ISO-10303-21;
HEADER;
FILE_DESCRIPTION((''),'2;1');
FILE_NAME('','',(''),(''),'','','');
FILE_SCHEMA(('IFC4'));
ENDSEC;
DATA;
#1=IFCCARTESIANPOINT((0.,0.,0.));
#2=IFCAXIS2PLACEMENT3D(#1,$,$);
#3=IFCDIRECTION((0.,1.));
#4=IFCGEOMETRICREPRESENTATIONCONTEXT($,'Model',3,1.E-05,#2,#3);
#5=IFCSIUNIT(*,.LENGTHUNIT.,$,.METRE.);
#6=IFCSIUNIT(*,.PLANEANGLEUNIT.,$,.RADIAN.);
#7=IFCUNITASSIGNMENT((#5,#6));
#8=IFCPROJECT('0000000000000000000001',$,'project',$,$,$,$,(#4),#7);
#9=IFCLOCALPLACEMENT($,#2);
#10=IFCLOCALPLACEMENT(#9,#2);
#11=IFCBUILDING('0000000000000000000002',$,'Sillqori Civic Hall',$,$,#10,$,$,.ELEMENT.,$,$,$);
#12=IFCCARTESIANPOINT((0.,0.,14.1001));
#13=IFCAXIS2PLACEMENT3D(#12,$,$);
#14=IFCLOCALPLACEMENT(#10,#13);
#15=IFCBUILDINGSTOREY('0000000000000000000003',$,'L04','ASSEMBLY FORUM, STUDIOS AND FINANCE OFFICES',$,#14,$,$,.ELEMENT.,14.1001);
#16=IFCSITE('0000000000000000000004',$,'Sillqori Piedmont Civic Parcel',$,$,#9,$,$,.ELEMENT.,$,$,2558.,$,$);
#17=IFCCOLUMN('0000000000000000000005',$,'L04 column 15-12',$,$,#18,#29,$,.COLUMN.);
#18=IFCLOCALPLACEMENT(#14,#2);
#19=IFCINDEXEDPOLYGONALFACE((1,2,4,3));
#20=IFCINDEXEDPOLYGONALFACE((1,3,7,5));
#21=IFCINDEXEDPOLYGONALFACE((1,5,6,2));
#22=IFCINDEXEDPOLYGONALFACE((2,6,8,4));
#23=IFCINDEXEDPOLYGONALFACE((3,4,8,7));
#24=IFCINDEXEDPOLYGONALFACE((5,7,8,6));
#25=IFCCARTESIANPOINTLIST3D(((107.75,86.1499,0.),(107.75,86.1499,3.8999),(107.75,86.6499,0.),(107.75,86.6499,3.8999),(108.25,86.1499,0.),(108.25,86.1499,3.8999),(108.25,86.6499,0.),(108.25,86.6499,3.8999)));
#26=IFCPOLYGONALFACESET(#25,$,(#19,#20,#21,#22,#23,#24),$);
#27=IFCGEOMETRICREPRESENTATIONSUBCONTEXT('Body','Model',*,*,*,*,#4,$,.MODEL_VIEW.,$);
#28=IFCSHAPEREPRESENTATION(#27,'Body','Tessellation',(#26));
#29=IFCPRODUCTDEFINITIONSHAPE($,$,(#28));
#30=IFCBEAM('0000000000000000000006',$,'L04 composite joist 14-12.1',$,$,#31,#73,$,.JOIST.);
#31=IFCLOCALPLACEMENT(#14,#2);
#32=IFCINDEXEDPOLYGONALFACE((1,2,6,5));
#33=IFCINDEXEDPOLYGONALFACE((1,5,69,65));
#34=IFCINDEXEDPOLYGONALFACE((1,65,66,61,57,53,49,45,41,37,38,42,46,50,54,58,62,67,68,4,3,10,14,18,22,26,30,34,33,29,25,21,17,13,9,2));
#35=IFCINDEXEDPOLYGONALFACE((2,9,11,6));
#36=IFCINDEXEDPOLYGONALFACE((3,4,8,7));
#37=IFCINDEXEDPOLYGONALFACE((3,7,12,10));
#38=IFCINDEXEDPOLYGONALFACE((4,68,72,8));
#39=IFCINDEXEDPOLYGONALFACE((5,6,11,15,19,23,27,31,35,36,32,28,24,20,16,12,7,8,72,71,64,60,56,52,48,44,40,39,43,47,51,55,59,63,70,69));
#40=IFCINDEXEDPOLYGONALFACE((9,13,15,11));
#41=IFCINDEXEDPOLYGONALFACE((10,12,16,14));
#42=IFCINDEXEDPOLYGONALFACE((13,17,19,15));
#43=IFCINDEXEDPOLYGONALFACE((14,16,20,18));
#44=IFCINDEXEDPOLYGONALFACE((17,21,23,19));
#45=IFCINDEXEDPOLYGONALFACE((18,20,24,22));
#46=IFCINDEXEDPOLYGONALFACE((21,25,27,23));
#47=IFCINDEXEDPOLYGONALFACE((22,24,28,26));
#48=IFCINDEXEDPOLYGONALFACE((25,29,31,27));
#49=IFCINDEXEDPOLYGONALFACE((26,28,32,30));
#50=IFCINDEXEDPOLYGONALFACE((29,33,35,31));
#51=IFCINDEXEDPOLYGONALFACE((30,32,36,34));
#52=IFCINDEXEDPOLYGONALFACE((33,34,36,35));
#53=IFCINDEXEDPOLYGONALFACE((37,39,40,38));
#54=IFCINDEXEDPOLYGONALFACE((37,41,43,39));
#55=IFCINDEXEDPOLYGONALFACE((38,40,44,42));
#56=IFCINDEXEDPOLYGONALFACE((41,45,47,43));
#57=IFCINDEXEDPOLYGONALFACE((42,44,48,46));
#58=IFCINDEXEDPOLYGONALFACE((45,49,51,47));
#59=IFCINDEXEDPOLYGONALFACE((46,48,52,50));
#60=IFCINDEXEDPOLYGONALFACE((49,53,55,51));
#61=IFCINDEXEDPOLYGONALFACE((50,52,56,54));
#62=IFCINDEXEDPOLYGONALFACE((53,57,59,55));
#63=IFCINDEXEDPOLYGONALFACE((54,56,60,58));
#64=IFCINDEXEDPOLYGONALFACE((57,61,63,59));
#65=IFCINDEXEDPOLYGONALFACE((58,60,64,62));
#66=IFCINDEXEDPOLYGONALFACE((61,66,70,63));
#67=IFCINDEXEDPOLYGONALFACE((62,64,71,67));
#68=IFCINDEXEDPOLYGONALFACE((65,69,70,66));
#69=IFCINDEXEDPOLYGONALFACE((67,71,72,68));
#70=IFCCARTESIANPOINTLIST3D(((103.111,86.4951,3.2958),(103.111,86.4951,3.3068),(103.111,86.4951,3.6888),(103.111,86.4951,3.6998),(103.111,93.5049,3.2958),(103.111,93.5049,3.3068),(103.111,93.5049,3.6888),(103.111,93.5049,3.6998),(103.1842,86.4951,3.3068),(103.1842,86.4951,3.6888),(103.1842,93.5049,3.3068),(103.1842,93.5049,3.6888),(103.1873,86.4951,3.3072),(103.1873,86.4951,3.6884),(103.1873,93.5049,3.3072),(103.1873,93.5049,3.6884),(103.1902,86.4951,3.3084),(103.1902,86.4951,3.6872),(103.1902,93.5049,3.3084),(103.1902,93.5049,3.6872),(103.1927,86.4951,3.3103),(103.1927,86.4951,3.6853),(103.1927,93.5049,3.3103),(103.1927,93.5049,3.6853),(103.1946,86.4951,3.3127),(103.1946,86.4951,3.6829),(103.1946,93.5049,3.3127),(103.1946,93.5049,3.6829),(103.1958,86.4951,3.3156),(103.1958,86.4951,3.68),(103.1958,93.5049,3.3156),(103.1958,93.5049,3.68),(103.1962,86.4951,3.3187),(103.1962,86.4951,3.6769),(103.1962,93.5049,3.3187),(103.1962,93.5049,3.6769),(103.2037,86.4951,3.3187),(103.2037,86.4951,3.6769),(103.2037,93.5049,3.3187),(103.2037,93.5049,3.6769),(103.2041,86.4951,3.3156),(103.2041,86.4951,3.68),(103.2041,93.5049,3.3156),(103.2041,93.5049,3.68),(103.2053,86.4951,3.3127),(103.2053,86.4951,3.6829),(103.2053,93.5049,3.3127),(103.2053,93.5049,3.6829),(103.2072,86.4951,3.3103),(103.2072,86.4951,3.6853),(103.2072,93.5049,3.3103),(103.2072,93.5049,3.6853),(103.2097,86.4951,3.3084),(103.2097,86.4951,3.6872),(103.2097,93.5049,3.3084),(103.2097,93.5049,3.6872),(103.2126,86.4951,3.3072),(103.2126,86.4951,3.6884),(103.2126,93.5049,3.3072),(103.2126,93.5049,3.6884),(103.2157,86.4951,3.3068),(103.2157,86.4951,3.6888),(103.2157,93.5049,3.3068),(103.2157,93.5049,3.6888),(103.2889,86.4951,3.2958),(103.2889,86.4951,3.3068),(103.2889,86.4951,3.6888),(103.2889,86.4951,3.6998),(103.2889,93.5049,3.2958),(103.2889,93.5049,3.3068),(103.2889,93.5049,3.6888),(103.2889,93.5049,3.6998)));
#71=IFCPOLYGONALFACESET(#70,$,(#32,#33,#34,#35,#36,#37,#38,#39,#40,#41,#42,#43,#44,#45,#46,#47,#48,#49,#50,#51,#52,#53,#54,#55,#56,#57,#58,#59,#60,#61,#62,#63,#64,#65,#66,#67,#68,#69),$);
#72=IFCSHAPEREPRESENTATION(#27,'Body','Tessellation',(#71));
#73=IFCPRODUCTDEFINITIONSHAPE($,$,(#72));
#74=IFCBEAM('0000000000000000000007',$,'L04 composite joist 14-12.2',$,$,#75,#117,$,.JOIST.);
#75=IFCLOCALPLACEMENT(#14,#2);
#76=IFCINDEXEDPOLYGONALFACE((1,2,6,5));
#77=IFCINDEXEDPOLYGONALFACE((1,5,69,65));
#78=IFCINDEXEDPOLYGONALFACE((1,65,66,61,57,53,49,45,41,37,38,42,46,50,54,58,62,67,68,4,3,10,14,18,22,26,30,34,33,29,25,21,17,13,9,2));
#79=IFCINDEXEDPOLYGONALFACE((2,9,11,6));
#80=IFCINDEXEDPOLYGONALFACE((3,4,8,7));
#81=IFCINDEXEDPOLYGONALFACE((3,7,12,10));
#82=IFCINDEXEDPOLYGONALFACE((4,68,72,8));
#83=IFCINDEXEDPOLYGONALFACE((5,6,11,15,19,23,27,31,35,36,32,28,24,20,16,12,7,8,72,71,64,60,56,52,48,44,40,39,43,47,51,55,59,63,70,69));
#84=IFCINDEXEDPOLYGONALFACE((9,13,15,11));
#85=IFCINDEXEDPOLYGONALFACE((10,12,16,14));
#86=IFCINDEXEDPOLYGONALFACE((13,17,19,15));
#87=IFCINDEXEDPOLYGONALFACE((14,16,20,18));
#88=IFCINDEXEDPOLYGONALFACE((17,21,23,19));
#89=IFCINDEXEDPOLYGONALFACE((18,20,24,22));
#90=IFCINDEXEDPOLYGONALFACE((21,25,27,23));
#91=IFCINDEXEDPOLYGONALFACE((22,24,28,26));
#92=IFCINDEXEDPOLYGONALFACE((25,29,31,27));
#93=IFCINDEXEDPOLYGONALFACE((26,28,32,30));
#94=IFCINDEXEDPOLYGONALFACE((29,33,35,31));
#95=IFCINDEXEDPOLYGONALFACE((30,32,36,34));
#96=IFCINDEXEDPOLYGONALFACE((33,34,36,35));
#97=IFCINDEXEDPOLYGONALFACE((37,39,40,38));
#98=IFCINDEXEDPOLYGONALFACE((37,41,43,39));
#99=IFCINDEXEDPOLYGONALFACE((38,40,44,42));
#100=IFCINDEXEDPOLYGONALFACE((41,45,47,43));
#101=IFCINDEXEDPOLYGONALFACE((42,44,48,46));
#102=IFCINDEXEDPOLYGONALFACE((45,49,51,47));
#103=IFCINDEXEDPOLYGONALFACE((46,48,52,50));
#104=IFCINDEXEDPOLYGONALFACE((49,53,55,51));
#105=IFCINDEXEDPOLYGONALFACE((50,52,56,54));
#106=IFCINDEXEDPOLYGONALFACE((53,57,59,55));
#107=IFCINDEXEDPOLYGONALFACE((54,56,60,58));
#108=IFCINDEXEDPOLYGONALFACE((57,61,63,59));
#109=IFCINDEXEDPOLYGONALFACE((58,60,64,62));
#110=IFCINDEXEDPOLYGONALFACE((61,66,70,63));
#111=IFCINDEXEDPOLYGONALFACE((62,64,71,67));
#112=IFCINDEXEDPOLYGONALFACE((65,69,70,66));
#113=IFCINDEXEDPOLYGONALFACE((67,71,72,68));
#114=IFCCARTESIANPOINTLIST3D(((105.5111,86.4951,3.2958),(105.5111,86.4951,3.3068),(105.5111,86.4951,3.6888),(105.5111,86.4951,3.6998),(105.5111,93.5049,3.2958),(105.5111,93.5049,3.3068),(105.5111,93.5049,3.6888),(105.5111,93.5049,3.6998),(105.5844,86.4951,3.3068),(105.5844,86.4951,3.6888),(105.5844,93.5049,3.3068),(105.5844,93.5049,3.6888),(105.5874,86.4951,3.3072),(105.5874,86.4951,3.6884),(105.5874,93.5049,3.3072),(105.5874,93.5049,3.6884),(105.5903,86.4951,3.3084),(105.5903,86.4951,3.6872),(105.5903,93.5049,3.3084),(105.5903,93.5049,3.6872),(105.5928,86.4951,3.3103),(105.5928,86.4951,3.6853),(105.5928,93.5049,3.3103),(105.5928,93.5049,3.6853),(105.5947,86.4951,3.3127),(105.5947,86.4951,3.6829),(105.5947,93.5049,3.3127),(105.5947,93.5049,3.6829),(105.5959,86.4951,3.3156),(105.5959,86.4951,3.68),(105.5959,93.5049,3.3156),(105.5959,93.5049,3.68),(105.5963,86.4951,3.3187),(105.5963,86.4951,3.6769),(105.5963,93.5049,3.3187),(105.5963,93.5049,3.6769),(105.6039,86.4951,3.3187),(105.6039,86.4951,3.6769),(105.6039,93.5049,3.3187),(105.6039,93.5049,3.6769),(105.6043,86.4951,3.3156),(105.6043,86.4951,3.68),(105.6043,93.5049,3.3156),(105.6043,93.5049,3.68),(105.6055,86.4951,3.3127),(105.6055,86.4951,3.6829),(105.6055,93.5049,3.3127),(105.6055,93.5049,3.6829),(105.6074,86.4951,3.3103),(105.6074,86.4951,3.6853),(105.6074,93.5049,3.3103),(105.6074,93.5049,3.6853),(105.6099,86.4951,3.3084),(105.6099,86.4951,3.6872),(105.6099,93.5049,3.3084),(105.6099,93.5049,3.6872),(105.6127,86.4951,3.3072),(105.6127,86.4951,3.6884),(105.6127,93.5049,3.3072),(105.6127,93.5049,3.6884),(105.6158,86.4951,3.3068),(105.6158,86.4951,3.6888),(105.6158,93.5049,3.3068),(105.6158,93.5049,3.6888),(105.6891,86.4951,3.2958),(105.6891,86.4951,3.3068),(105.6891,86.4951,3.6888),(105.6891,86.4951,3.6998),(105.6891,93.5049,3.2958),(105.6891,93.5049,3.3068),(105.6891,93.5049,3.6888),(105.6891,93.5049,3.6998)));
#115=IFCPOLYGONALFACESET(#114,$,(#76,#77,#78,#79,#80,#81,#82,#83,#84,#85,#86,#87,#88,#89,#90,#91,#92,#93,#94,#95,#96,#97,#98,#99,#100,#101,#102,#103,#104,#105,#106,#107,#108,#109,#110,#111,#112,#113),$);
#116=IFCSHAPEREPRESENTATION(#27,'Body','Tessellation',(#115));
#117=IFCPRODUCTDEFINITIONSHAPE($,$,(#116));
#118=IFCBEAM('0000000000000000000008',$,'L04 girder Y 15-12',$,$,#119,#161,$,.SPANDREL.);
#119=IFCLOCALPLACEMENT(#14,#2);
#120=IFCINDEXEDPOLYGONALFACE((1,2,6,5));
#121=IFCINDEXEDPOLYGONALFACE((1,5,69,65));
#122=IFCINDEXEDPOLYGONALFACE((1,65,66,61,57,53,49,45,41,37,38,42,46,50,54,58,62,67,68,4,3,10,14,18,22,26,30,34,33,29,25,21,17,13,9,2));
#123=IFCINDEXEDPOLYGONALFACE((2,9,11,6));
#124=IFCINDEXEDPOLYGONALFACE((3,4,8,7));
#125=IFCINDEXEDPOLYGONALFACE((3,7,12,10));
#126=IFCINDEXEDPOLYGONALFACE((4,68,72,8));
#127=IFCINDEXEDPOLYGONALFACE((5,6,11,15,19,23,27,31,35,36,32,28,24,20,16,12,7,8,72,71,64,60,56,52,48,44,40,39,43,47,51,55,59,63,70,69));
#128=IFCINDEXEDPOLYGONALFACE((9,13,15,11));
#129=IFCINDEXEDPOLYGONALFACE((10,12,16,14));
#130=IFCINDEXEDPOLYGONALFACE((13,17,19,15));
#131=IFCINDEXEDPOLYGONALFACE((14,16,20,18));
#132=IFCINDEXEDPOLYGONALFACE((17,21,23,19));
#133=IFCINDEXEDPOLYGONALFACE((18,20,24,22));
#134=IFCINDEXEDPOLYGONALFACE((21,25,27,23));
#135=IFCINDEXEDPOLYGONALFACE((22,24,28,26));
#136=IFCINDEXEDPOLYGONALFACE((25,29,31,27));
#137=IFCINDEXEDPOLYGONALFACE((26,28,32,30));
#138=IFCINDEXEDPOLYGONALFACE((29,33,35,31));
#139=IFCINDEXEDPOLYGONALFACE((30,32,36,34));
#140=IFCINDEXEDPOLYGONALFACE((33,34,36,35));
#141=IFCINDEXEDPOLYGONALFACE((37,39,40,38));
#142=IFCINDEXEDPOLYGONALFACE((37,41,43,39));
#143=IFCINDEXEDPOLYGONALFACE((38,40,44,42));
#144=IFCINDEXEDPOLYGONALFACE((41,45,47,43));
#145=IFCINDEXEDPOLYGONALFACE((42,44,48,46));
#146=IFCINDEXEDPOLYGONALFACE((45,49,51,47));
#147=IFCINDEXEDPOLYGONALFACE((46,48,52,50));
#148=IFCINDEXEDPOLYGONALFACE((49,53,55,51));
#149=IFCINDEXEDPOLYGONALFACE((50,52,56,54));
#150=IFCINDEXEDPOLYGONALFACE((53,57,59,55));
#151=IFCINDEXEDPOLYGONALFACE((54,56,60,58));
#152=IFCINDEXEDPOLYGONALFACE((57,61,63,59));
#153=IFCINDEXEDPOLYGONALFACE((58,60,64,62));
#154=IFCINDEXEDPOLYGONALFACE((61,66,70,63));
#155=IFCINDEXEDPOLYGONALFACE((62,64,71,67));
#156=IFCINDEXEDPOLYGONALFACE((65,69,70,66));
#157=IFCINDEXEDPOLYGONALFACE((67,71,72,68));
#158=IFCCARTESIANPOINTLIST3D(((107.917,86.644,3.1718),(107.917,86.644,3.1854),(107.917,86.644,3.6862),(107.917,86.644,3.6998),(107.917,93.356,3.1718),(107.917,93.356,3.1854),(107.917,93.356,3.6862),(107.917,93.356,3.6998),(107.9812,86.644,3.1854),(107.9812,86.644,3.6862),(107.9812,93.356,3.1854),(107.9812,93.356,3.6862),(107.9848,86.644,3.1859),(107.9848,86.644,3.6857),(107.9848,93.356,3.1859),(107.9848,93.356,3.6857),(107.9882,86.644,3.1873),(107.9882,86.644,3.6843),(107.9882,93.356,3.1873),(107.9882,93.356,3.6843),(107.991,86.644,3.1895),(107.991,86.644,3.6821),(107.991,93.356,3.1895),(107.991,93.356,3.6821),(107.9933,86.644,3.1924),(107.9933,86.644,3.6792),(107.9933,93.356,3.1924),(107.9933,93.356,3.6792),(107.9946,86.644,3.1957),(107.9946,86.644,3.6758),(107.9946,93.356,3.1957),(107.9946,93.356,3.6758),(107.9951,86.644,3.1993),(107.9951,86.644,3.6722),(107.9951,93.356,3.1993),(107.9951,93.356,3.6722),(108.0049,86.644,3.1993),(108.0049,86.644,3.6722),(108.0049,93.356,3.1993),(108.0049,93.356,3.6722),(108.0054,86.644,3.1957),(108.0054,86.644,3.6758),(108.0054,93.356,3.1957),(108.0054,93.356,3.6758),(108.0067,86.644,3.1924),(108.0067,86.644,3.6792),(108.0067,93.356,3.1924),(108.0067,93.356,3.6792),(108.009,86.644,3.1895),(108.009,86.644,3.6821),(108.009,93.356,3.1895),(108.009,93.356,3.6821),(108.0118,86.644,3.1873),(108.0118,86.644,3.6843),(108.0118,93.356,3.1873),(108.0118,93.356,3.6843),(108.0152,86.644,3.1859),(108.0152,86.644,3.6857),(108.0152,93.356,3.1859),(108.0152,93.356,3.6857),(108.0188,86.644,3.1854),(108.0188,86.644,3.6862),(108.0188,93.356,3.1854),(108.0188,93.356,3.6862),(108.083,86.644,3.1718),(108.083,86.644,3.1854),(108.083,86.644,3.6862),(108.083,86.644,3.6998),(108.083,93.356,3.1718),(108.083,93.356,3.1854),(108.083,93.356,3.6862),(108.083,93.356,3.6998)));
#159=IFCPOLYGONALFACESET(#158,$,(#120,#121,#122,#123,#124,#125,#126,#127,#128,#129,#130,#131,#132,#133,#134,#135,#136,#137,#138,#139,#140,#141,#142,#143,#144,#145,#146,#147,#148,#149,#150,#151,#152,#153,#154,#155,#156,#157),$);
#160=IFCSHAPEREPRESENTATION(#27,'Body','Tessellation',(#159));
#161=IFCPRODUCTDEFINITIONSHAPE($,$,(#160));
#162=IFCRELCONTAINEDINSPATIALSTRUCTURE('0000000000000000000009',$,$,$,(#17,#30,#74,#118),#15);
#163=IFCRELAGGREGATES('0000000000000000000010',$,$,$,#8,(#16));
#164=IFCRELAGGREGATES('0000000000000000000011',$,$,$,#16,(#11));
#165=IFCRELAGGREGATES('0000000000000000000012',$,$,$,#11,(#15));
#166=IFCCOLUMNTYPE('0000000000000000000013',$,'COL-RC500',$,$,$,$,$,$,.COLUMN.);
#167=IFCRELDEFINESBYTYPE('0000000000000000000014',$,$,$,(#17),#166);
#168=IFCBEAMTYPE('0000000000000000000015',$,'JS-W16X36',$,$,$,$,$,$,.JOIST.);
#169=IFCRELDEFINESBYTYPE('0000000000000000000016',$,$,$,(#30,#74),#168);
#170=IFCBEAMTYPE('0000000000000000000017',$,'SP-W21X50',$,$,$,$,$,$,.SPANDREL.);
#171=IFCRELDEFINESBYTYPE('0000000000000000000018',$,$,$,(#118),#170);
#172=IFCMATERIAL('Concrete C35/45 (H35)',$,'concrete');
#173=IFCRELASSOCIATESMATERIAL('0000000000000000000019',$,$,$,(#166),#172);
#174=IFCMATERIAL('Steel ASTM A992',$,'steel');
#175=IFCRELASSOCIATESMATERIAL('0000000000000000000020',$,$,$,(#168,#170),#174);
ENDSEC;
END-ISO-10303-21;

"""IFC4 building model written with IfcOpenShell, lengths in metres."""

from ifc_helpers import new_model, si_unit, direction, frame, origin, origin_2d, place, context, subcontext, project, spatial, rectangle, i_section, extrude, material, material_profile, profile_set, type_object, element, save


model = new_model("IFC4")

# Units and contexts
model_context = context("Model", 3, precision=1e-05, world=origin(), true_north=direction((0.0, 1.0)))
body_context = subcontext(model_context, "Body", "Model", "MODEL_VIEW")
ifc_project = project(units=[si_unit("LENGTHUNIT", "METRE"), si_unit("PLANEANGLEUNIT", "RADIAN")], contexts=[model_context])

# Site, building, storey
site_placement = place(None, origin())
site = spatial("IfcSite", under=ifc_project, at=site_placement, Name="Sillqori Piedmont Civic Parcel", CompositionType="ELEMENT", RefElevation=2558.0)
building_placement = place(site_placement, origin())
building = spatial("IfcBuilding", under=site, at=building_placement, Name="Sillqori Civic Hall", CompositionType="ELEMENT")
storey_placement = place(building_placement, frame((0.0, 0.0, 14.1001)))
storey = spatial("IfcBuildingStorey", under=building, at=storey_placement, Name="L04", Description="ASSEMBLY FORUM, STUDIOS AND FINANCE OFFICES", CompositionType="ELEMENT", Elevation=14.1001)

# Column
ifc_material_1 = material(Name="Concrete C35/45 (H35)", Category="concrete")
ifc_material_profile_1 = material_profile(ifc_material_1, rectangle(XDim=0.5, YDim=0.5, at=origin_2d()), Name="RC 500x500")
ifc_profile_set_1 = profile_set([ifc_material_profile_1], Name="Concrete C35/45 (H35)")
column_type = type_object("IfcColumnType", Name="COL-RC500", PredefinedType="COLUMN", material=ifc_profile_set_1)
column_placement = place(storey_placement, frame((108.0, 86.3999, 0.0), z_axis=(0.0, 0.0, 1.0), x_axis=(1.0, 0.0, 0.0)))
element("IfcColumn", 1, at=column_placement, inside=storey, type_object=column_type, Name="L04 column 15-12", PredefinedType="COLUMN", context=body_context, shape_type="SweptSolid", body=[
    extrude(rectangle(XDim=0.5, YDim=0.5, at=origin_2d()), origin(), (0.0, 0.0, 1.0), 3.8999),
])

# Beams
ifc_material_2 = material(Name="Steel ASTM A992", Category="steel")
ifc_material_profile_2 = material_profile(ifc_material_2, i_section(OverallWidth=0.178, OverallDepth=0.4041, WebThickness=0.0076, FlangeThickness=0.011, FilletRadius=0.012, at=origin_2d()), Name="W16X36")
ifc_profile_set_2 = profile_set([ifc_material_profile_2], Name="Steel ASTM A992")
beam_type_1 = type_object("IfcBeamType", Name="JS-W16X36", PredefinedType="JOIST", material=ifc_profile_set_2)
for number, where, z_axis, x_axis, name in (
    (2, (103.2, 86.4951, 3.4978), (0.0, 1.0, 0.0), (-1.0, 0.0, 0.0), "L04 composite joist 14-12.1"),
    (3, (105.6001, 86.4951, 3.4978), (0.0, 1.0, 0.0), (-1.0, 0.0, 0.0), "L04 composite joist 14-12.2"),
):
    element("IfcBeam", number, at=place(storey_placement, frame(where, z_axis=z_axis, x_axis=x_axis)), inside=storey, type_object=beam_type_1, Name=name, PredefinedType="JOIST", context=body_context, shape_type="SweptSolid", body=[
        extrude(i_section(OverallWidth=0.178, OverallDepth=0.4041, WebThickness=0.0076, FlangeThickness=0.011, FilletRadius=0.012, at=origin_2d()), origin(), (0.0, 0.0, 1.0), 7.0098),
    ])
ifc_material_profile_3 = material_profile(ifc_material_2, i_section(OverallWidth=0.166, OverallDepth=0.5281, WebThickness=0.0098, FlangeThickness=0.0137, FilletRadius=0.0139, at=origin_2d()), Name="W21X50")
ifc_profile_set_3 = profile_set([ifc_material_profile_3], Name="Steel ASTM A992")
beam_type_2 = type_object("IfcBeamType", Name="SP-W21X50", PredefinedType="SPANDREL", material=ifc_profile_set_3)
beam_placement = place(storey_placement, frame((108.0, 86.644, 3.4358), z_axis=(0.0, 1.0, 0.0), x_axis=(-1.0, 0.0, 0.0)))
element("IfcBeam", 4, at=beam_placement, inside=storey, type_object=beam_type_2, Name="L04 girder Y 15-12", PredefinedType="SPANDREL", context=body_context, shape_type="SweptSolid", body=[
    extrude(i_section(OverallWidth=0.166, OverallDepth=0.5281, WebThickness=0.0098, FlangeThickness=0.0137, FilletRadius=0.0139, at=origin_2d()), origin(), (0.0, 0.0, 1.0), 6.7119),
])

save(model, "model.ifc")
